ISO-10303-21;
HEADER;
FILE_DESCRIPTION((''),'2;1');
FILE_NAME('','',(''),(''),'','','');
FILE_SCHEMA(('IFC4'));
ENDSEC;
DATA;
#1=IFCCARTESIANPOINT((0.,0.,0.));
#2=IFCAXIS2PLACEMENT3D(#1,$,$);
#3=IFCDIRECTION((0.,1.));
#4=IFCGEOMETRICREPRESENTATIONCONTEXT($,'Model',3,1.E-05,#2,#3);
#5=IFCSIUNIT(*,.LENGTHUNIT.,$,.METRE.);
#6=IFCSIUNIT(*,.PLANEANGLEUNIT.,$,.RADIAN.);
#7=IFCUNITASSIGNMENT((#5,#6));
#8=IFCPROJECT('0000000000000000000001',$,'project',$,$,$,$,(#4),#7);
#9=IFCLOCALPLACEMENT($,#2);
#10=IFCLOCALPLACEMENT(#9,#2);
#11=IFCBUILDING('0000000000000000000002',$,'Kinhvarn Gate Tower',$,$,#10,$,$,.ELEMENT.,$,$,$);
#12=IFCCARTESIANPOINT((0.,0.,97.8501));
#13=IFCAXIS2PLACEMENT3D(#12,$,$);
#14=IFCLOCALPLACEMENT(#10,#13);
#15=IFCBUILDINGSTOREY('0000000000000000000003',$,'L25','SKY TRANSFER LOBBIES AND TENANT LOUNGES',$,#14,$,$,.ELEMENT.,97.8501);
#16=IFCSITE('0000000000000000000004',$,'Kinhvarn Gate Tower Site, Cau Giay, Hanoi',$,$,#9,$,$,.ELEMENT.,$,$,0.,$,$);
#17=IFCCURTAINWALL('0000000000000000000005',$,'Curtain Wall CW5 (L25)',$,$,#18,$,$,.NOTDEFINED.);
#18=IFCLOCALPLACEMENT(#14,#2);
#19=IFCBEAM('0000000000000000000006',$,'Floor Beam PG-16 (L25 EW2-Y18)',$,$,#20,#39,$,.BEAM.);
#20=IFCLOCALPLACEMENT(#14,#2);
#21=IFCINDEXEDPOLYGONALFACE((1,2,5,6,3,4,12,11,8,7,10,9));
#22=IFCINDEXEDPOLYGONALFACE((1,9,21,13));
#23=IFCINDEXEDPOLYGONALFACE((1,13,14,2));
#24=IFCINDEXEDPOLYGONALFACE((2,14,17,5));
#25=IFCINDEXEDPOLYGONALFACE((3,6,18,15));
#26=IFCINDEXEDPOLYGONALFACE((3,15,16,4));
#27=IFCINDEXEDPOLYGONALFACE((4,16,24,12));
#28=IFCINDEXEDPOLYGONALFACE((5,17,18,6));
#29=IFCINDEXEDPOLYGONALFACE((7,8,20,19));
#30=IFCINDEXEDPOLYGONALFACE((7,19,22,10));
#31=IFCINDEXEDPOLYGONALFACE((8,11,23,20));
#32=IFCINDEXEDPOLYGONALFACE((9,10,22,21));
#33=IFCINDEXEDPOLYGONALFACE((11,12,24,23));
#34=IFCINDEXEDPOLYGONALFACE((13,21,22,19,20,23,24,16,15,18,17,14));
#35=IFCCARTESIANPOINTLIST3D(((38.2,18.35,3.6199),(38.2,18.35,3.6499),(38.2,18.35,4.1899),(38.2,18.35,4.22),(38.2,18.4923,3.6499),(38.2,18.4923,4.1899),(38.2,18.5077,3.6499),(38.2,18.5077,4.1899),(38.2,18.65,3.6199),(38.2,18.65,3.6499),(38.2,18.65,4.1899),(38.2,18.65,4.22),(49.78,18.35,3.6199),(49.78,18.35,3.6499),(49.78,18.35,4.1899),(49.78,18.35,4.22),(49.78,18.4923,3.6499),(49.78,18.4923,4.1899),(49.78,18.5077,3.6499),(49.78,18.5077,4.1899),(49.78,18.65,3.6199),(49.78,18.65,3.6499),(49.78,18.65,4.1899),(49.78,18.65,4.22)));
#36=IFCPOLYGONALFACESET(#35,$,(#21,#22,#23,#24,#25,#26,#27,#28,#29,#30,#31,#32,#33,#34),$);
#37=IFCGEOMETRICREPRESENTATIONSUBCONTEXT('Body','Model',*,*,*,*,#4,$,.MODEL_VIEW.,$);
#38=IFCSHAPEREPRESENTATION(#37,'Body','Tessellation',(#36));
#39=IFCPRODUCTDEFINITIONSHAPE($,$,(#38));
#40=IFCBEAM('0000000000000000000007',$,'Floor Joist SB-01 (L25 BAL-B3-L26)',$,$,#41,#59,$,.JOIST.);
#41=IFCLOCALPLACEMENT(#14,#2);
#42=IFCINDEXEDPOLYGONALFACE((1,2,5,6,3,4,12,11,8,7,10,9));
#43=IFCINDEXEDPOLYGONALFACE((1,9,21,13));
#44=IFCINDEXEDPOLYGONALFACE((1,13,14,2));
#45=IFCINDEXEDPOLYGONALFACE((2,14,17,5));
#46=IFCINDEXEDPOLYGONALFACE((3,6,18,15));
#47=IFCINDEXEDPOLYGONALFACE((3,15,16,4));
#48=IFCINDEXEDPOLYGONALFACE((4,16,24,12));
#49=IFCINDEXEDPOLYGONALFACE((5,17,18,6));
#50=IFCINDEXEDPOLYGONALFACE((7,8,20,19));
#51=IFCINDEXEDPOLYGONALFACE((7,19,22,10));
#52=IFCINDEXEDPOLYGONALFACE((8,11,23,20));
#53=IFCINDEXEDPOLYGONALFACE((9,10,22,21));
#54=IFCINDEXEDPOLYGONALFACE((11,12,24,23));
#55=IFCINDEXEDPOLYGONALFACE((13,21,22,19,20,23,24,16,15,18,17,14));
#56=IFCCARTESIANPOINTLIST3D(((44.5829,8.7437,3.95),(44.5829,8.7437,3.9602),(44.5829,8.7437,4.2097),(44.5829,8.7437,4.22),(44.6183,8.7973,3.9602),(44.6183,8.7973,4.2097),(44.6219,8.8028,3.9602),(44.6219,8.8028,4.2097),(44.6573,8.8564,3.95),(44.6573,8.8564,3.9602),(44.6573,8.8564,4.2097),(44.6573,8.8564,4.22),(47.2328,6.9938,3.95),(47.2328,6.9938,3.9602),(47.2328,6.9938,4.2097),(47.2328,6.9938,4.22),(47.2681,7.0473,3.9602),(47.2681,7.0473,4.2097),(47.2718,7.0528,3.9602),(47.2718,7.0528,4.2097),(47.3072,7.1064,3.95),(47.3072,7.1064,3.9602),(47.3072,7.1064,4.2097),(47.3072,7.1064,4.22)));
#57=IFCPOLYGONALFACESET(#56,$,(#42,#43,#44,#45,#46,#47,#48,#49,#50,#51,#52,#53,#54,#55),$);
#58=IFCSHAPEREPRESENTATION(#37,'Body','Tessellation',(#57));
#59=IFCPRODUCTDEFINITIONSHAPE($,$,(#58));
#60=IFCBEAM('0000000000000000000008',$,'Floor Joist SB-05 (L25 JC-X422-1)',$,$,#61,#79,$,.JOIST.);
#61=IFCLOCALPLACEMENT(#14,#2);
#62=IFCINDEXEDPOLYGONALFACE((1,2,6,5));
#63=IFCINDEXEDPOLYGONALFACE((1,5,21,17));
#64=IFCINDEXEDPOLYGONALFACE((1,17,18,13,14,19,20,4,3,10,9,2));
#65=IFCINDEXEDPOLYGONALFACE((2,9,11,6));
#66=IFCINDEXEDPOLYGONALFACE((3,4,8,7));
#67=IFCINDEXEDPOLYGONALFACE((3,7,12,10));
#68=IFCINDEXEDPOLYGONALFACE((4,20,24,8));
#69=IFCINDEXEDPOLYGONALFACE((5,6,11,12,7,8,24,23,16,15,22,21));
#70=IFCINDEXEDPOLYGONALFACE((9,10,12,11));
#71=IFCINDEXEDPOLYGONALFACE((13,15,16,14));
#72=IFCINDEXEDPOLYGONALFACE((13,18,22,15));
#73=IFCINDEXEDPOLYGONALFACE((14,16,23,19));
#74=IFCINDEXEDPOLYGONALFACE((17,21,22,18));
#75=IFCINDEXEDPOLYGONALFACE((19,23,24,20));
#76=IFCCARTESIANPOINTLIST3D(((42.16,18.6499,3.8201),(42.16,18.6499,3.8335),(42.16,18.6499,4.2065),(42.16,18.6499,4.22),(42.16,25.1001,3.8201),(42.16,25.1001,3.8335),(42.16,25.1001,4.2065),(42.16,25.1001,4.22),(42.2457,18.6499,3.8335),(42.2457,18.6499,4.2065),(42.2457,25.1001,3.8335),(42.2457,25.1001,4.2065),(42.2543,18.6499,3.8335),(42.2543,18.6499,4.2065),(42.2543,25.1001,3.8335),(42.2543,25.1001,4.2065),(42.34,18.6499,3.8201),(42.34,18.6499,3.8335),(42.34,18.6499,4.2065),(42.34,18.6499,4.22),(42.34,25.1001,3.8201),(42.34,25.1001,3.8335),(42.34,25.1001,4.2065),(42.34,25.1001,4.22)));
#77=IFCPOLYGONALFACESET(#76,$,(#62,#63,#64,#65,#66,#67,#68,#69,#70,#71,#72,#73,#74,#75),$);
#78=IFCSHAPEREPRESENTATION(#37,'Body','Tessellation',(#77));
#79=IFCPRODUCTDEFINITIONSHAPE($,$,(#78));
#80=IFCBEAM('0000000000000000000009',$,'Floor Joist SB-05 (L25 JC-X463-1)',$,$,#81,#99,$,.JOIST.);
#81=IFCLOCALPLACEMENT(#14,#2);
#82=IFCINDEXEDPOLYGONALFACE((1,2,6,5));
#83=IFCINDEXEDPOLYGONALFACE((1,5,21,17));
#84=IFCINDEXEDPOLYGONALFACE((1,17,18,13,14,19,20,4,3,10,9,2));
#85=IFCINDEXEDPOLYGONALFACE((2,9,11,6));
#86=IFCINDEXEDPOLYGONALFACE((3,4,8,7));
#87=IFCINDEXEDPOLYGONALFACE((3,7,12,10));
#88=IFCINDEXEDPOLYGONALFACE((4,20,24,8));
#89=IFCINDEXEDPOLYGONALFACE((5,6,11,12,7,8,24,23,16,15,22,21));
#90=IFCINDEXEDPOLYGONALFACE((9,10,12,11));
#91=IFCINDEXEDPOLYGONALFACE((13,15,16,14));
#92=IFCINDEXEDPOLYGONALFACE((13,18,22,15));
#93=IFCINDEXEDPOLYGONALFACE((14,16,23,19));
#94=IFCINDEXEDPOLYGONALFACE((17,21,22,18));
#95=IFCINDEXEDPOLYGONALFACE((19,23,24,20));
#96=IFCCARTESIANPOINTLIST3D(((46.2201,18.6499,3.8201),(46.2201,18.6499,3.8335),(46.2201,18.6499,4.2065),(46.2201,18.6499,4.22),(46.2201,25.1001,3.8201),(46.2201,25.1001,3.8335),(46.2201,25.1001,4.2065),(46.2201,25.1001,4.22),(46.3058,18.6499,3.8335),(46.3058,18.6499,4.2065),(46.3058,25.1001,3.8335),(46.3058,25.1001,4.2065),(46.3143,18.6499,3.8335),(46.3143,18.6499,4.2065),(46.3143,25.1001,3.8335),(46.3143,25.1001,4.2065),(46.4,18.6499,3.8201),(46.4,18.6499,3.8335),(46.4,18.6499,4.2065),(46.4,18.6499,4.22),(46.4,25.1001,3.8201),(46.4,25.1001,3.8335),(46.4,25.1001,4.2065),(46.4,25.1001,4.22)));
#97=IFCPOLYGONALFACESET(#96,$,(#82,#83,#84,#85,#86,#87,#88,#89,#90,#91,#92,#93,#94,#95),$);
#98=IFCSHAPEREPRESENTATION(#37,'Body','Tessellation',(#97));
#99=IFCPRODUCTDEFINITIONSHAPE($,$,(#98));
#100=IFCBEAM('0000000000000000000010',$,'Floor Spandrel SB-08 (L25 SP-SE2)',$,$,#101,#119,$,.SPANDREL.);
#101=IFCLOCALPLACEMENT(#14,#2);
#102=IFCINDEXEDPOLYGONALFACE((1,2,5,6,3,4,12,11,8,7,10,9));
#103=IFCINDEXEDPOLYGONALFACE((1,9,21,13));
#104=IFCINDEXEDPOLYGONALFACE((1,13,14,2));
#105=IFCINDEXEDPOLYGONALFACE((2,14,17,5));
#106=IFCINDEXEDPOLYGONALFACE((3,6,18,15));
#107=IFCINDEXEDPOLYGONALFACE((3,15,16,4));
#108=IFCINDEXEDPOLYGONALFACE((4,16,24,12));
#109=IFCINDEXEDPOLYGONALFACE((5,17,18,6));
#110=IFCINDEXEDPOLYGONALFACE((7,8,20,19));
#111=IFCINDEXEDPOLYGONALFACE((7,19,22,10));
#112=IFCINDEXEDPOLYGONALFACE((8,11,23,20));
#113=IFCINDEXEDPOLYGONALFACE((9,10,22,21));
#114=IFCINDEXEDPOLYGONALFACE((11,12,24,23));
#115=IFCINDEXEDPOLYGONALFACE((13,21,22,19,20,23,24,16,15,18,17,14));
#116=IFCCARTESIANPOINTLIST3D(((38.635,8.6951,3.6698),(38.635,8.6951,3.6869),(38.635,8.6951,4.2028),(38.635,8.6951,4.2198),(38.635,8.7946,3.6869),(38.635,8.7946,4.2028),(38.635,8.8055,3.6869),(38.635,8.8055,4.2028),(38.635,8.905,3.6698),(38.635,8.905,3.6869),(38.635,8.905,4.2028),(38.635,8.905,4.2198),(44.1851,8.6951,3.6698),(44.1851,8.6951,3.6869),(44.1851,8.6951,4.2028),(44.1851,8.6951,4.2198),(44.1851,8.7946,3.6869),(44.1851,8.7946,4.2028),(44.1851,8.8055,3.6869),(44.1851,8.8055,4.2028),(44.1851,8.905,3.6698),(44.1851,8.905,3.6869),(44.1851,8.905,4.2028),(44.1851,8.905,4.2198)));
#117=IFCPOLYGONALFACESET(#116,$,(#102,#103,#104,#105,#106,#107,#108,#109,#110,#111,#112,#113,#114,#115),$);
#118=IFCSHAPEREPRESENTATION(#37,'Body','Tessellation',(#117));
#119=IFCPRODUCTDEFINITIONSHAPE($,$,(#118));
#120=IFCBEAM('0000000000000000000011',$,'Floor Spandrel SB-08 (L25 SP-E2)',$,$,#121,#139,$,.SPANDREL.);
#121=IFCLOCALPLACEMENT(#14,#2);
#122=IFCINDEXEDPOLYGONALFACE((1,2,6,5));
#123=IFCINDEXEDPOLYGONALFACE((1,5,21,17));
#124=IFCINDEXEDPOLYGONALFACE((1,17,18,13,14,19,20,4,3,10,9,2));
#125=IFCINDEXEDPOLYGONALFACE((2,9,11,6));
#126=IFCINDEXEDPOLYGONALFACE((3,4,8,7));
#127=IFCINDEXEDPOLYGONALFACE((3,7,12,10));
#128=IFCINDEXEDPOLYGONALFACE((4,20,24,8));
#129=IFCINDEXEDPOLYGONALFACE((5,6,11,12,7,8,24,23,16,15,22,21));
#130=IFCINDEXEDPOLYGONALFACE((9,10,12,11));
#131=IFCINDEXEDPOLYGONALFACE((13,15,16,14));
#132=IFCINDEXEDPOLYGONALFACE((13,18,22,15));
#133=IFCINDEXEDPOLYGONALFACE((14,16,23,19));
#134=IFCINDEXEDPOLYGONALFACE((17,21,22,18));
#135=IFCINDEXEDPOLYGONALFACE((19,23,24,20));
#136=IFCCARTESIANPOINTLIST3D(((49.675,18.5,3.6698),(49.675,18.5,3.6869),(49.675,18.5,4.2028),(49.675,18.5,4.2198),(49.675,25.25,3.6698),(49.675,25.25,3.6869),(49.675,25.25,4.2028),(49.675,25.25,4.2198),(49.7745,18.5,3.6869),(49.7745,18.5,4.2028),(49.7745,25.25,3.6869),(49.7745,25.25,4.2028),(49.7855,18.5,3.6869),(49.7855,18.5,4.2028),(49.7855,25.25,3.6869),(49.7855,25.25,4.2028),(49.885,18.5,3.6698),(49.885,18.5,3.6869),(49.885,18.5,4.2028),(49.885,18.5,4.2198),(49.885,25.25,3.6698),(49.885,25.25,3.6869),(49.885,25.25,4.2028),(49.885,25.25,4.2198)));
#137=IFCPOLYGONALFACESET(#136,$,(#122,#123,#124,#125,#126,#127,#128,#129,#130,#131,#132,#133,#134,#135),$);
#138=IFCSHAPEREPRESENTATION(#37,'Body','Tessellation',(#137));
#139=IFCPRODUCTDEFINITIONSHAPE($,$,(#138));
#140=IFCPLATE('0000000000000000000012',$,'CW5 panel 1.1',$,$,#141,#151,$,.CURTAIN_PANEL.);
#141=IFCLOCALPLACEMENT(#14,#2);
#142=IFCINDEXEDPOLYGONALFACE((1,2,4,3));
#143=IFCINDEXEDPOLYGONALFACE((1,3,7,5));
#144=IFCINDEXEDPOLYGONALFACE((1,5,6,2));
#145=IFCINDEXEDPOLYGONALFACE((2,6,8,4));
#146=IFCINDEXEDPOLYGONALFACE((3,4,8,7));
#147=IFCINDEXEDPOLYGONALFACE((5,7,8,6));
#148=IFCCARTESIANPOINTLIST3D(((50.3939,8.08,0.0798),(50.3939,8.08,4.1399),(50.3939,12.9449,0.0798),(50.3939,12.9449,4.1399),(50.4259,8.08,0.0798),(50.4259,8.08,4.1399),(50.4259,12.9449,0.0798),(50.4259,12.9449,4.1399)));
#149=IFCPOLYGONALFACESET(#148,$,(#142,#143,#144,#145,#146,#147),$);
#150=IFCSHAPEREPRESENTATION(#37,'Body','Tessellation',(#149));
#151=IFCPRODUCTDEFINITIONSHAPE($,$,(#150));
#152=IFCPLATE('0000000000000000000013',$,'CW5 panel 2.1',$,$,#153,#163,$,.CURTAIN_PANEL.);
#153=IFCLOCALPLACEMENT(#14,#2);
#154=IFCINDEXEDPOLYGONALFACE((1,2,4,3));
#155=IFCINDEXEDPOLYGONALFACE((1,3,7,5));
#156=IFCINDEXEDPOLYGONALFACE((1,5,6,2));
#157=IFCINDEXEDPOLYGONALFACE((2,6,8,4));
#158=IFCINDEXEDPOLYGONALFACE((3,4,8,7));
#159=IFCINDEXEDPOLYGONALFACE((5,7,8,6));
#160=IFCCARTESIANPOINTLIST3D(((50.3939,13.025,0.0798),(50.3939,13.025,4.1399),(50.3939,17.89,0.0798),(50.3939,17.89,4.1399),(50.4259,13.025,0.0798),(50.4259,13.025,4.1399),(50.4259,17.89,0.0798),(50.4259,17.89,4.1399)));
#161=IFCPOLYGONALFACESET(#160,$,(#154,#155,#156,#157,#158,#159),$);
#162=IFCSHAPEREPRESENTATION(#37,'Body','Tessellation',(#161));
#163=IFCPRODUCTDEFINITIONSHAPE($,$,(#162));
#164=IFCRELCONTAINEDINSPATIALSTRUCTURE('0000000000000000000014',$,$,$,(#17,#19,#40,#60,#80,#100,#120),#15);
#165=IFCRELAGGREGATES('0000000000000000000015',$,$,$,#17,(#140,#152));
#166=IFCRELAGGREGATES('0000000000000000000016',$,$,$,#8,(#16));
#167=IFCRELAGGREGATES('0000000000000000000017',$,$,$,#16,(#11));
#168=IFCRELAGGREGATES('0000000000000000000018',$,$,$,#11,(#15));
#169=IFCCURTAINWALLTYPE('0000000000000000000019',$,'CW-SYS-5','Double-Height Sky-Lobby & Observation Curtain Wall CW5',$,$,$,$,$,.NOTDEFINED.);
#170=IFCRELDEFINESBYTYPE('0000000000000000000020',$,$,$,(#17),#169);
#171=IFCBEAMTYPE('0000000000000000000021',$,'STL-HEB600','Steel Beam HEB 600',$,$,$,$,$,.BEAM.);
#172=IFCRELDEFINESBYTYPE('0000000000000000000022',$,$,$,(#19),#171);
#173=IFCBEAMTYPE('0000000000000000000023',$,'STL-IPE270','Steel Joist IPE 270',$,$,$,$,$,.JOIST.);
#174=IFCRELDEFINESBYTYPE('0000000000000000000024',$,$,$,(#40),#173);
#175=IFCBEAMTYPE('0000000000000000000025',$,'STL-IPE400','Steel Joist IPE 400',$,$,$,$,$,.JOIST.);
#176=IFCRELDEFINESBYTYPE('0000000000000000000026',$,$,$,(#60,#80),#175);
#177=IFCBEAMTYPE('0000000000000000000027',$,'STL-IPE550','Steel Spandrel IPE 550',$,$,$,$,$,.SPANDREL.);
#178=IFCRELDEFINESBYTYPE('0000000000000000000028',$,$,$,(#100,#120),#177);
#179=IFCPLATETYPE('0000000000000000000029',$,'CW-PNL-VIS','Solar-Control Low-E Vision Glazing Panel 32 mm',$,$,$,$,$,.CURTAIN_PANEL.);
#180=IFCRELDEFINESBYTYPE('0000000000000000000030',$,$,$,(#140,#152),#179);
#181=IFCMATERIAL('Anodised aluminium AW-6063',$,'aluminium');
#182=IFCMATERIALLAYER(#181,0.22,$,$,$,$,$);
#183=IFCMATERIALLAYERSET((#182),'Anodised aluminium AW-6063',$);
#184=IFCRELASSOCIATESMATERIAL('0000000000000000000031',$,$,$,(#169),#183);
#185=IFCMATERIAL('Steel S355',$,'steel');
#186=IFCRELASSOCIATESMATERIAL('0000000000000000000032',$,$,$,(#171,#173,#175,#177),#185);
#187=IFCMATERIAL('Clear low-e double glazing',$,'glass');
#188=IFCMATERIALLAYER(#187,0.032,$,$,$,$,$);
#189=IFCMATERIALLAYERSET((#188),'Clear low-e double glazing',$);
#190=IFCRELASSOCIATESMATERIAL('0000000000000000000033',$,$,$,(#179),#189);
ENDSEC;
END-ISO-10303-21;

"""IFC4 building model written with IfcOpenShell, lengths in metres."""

from ifc_helpers import new_model, si_unit, direction, frame, origin, origin_2d, place, context, subcontext, project, spatial, rectangle, i_section, extrude, material, layer, layer_set, material_profile, profile_set, type_object, element, aggregate, save


model = new_model("IFC4")

# Units and contexts
model_context = context("Model", 3, precision=1e-05, world=origin(), true_north=direction((0.0, 1.0)))
body_context = subcontext(model_context, "Body", "Model", "MODEL_VIEW")
ifc_project = project(units=[si_unit("LENGTHUNIT", "METRE"), si_unit("PLANEANGLEUNIT", "RADIAN")], contexts=[model_context])

# Site, building, storey
site_placement = place(None, origin())
site = spatial("IfcSite", under=ifc_project, at=site_placement, Name="Kinhvarn Gate Tower Site, Cau Giay, Hanoi", CompositionType="ELEMENT", RefElevation=0.0)
building_placement = place(site_placement, origin())
building = spatial("IfcBuilding", under=site, at=building_placement, Name="Kinhvarn Gate Tower", CompositionType="ELEMENT")
storey_placement = place(building_placement, frame((0.0, 0.0, 97.8501)))
storey = spatial("IfcBuildingStorey", under=building, at=storey_placement, Name="L25", Description="SKY TRANSFER LOBBIES AND TENANT LOUNGES", CompositionType="ELEMENT", Elevation=97.8501)

# Curtain wall
ifc_material_1 = material(Name="Anodised aluminium AW-6063", Category="aluminium")
ifc_layer_1 = layer(ifc_material_1, 0.22)
ifc_layer_set_1 = layer_set([ifc_layer_1], Name="Anodised aluminium AW-6063")
curtain_wall_type = type_object("IfcCurtainWallType", Name="CW-SYS-5", Description="Double-Height Sky-Lobby & Observation Curtain Wall CW5", PredefinedType="NOTDEFINED", material=ifc_layer_set_1)
curtain_wall_placement = place(storey_placement, origin())
curtain_wall = element("IfcCurtainWall", 1, at=curtain_wall_placement, inside=storey, type_object=curtain_wall_type, Name="Curtain Wall CW5 (L25)", PredefinedType="NOTDEFINED")

# Beams
ifc_material_2 = material(Name="Steel S355", Category="steel")
ifc_material_profile_1 = material_profile(ifc_material_2, i_section(OverallWidth=0.3, OverallDepth=0.6001, WebThickness=0.0154, FlangeThickness=0.03, at=origin_2d()), Name="HEB 600")
ifc_profile_set_1 = profile_set([ifc_material_profile_1], Name="Steel S355")
beam_type_1 = type_object("IfcBeamType", Name="STL-HEB600", Description="Steel Beam HEB 600", PredefinedType="BEAM", material=ifc_profile_set_1)
beam_1_placement = place(storey_placement, frame((38.2, 18.5, 3.9199), z_axis=(1.0, 0.0, 0.0), x_axis=(0.0, 1.0, 0.0)))
element("IfcBeam", 2, at=beam_1_placement, inside=storey, type_object=beam_type_1, Name="Floor Beam PG-16 (L25 EW2-Y18)", PredefinedType="BEAM", context=body_context, shape_type="SweptSolid", body=[
    extrude(i_section(OverallWidth=0.3, OverallDepth=0.6001, WebThickness=0.0154, FlangeThickness=0.03, at=origin_2d()), origin(), (0.0, 0.0, 1.0), 11.5801),
])
ifc_material_profile_2 = material_profile(ifc_material_2, i_section(OverallWidth=0.135, OverallDepth=0.27, WebThickness=0.0066, FlangeThickness=0.0103, at=origin_2d()), Name="IPE 270")
ifc_profile_set_2 = profile_set([ifc_material_profile_2], Name="Steel S355")
beam_type_2 = type_object("IfcBeamType", Name="STL-IPE270", Description="Steel Joist IPE 270", PredefinedType="JOIST", material=ifc_profile_set_2)
beam_2_placement = place(storey_placement, frame((44.6201, 8.8, 4.085), z_axis=(0.834455, -0.551076, 0.0), x_axis=(0.551076, 0.834455, 0.0)))
element("IfcBeam", 3, at=beam_2_placement, inside=storey, type_object=beam_type_2, Name="Floor Joist SB-01 (L25 BAL-B3-L26)", PredefinedType="JOIST", context=body_context, shape_type="SweptSolid", body=[
    extrude(i_section(OverallWidth=0.135, OverallDepth=0.27, WebThickness=0.0066, FlangeThickness=0.0103, at=origin_2d()), origin(), (0.0, 0.0, 1.0), 3.1755),
])
ifc_material_profile_3 = material_profile(ifc_material_2, i_section(OverallWidth=0.1799, OverallDepth=0.3999, WebThickness=0.0085, FlangeThickness=0.0134, at=origin_2d()), Name="IPE 400")
ifc_profile_set_3 = profile_set([ifc_material_profile_3], Name="Steel S355")
beam_type_3 = type_object("IfcBeamType", Name="STL-IPE400", Description="Steel Joist IPE 400", PredefinedType="JOIST", material=ifc_profile_set_3)
for number, where, z_axis, x_axis, name in (
    (4, (42.25, 18.6499, 4.02), (0.0, 1.0, 0.0), (-1.0, 0.0, 0.0), "Floor Joist SB-05 (L25 JC-X422-1)"),
    (5, (46.3101, 18.6499, 4.02), (0.0, 1.0, 0.0), (-1.0, 0.0, 0.0), "Floor Joist SB-05 (L25 JC-X463-1)"),
):
    element("IfcBeam", number, at=place(storey_placement, frame(where, z_axis=z_axis, x_axis=x_axis)), inside=storey, type_object=beam_type_3, Name=name, PredefinedType="JOIST", context=body_context, shape_type="SweptSolid", body=[
        extrude(i_section(OverallWidth=0.1799, OverallDepth=0.3999, WebThickness=0.0085, FlangeThickness=0.0134, at=origin_2d()), origin(), (0.0, 0.0, 1.0), 6.4502),
    ])
ifc_material_profile_4 = material_profile(ifc_material_2, i_section(OverallWidth=0.21, OverallDepth=0.55, WebThickness=0.011, FlangeThickness=0.0171, at=origin_2d()), Name="IPE 550")
ifc_profile_set_4 = profile_set([ifc_material_profile_4], Name="Steel S355")
beam_type_4 = type_object("IfcBeamType", Name="STL-IPE550", Description="Steel Spandrel IPE 550", PredefinedType="SPANDREL", material=ifc_profile_set_4)
beam_3_placement = place(storey_placement, frame((38.635, 8.8, 3.9448), z_axis=(1.0, 0.0, 0.0), x_axis=(0.0, 1.0, 0.0)))
element("IfcBeam", 6, at=beam_3_placement, inside=storey, type_object=beam_type_4, Name="Floor Spandrel SB-08 (L25 SP-SE2)", PredefinedType="SPANDREL", context=body_context, shape_type="SweptSolid", body=[
    extrude(i_section(OverallWidth=0.21, OverallDepth=0.55, WebThickness=0.011, FlangeThickness=0.0171, at=origin_2d()), origin(), (0.0, 0.0, 1.0), 5.55),
])
beam_4_placement = place(storey_placement, frame((49.78, 18.5, 3.9448), z_axis=(0.0, 1.0, 0.0), x_axis=(-1.0, 0.0, 0.0)))
element("IfcBeam", 7, at=beam_4_placement, inside=storey, type_object=beam_type_4, Name="Floor Spandrel SB-08 (L25 SP-E2)", PredefinedType="SPANDREL", context=body_context, shape_type="SweptSolid", body=[
    extrude(i_section(OverallWidth=0.21, OverallDepth=0.55, WebThickness=0.011, FlangeThickness=0.0171, at=origin_2d()), origin(), (0.0, 0.0, 1.0), 6.75),
])

# Plates
ifc_material_3 = material(Name="Clear low-e double glazing", Category="glass")
ifc_layer_2 = layer(ifc_material_3, 0.032)
ifc_layer_set_2 = layer_set([ifc_layer_2], Name="Clear low-e double glazing")
plate_type = type_object("IfcPlateType", Name="CW-PNL-VIS", Description="Solar-Control Low-E Vision Glazing Panel 32 mm", PredefinedType="CURTAIN_PANEL", material=ifc_layer_set_2)
plate_1_placement = place(storey_placement, frame((50.4099, 10.5125, 0.0798), z_axis=(0.0, 0.0, 1.0), x_axis=(0.0, 1.0, 0.0)))
plate_1 = element("IfcPlate", 8, at=plate_1_placement, type_object=plate_type, Name="CW5 panel 1.1", PredefinedType="CURTAIN_PANEL", context=body_context, shape_type="SweptSolid", body=[
    extrude(rectangle(XDim=4.865, YDim=0.032, at=origin_2d()), origin(), (0.0, 0.0, 1.0), 4.0601),
])
plate_2_placement = place(storey_placement, frame((50.4099, 15.4575, 0.0798), z_axis=(0.0, 0.0, 1.0), x_axis=(0.0, 1.0, 0.0)))
plate_2 = element("IfcPlate", 9, at=plate_2_placement, type_object=plate_type, Name="CW5 panel 2.1", PredefinedType="CURTAIN_PANEL", context=body_context, shape_type="SweptSolid", body=[
    extrude(rectangle(XDim=4.865, YDim=0.032, at=origin_2d()), origin(), (0.0, 0.0, 1.0), 4.0601),
])
aggregate(curtain_wall, [plate_1, plate_2])

save(model, "model.ifc")
